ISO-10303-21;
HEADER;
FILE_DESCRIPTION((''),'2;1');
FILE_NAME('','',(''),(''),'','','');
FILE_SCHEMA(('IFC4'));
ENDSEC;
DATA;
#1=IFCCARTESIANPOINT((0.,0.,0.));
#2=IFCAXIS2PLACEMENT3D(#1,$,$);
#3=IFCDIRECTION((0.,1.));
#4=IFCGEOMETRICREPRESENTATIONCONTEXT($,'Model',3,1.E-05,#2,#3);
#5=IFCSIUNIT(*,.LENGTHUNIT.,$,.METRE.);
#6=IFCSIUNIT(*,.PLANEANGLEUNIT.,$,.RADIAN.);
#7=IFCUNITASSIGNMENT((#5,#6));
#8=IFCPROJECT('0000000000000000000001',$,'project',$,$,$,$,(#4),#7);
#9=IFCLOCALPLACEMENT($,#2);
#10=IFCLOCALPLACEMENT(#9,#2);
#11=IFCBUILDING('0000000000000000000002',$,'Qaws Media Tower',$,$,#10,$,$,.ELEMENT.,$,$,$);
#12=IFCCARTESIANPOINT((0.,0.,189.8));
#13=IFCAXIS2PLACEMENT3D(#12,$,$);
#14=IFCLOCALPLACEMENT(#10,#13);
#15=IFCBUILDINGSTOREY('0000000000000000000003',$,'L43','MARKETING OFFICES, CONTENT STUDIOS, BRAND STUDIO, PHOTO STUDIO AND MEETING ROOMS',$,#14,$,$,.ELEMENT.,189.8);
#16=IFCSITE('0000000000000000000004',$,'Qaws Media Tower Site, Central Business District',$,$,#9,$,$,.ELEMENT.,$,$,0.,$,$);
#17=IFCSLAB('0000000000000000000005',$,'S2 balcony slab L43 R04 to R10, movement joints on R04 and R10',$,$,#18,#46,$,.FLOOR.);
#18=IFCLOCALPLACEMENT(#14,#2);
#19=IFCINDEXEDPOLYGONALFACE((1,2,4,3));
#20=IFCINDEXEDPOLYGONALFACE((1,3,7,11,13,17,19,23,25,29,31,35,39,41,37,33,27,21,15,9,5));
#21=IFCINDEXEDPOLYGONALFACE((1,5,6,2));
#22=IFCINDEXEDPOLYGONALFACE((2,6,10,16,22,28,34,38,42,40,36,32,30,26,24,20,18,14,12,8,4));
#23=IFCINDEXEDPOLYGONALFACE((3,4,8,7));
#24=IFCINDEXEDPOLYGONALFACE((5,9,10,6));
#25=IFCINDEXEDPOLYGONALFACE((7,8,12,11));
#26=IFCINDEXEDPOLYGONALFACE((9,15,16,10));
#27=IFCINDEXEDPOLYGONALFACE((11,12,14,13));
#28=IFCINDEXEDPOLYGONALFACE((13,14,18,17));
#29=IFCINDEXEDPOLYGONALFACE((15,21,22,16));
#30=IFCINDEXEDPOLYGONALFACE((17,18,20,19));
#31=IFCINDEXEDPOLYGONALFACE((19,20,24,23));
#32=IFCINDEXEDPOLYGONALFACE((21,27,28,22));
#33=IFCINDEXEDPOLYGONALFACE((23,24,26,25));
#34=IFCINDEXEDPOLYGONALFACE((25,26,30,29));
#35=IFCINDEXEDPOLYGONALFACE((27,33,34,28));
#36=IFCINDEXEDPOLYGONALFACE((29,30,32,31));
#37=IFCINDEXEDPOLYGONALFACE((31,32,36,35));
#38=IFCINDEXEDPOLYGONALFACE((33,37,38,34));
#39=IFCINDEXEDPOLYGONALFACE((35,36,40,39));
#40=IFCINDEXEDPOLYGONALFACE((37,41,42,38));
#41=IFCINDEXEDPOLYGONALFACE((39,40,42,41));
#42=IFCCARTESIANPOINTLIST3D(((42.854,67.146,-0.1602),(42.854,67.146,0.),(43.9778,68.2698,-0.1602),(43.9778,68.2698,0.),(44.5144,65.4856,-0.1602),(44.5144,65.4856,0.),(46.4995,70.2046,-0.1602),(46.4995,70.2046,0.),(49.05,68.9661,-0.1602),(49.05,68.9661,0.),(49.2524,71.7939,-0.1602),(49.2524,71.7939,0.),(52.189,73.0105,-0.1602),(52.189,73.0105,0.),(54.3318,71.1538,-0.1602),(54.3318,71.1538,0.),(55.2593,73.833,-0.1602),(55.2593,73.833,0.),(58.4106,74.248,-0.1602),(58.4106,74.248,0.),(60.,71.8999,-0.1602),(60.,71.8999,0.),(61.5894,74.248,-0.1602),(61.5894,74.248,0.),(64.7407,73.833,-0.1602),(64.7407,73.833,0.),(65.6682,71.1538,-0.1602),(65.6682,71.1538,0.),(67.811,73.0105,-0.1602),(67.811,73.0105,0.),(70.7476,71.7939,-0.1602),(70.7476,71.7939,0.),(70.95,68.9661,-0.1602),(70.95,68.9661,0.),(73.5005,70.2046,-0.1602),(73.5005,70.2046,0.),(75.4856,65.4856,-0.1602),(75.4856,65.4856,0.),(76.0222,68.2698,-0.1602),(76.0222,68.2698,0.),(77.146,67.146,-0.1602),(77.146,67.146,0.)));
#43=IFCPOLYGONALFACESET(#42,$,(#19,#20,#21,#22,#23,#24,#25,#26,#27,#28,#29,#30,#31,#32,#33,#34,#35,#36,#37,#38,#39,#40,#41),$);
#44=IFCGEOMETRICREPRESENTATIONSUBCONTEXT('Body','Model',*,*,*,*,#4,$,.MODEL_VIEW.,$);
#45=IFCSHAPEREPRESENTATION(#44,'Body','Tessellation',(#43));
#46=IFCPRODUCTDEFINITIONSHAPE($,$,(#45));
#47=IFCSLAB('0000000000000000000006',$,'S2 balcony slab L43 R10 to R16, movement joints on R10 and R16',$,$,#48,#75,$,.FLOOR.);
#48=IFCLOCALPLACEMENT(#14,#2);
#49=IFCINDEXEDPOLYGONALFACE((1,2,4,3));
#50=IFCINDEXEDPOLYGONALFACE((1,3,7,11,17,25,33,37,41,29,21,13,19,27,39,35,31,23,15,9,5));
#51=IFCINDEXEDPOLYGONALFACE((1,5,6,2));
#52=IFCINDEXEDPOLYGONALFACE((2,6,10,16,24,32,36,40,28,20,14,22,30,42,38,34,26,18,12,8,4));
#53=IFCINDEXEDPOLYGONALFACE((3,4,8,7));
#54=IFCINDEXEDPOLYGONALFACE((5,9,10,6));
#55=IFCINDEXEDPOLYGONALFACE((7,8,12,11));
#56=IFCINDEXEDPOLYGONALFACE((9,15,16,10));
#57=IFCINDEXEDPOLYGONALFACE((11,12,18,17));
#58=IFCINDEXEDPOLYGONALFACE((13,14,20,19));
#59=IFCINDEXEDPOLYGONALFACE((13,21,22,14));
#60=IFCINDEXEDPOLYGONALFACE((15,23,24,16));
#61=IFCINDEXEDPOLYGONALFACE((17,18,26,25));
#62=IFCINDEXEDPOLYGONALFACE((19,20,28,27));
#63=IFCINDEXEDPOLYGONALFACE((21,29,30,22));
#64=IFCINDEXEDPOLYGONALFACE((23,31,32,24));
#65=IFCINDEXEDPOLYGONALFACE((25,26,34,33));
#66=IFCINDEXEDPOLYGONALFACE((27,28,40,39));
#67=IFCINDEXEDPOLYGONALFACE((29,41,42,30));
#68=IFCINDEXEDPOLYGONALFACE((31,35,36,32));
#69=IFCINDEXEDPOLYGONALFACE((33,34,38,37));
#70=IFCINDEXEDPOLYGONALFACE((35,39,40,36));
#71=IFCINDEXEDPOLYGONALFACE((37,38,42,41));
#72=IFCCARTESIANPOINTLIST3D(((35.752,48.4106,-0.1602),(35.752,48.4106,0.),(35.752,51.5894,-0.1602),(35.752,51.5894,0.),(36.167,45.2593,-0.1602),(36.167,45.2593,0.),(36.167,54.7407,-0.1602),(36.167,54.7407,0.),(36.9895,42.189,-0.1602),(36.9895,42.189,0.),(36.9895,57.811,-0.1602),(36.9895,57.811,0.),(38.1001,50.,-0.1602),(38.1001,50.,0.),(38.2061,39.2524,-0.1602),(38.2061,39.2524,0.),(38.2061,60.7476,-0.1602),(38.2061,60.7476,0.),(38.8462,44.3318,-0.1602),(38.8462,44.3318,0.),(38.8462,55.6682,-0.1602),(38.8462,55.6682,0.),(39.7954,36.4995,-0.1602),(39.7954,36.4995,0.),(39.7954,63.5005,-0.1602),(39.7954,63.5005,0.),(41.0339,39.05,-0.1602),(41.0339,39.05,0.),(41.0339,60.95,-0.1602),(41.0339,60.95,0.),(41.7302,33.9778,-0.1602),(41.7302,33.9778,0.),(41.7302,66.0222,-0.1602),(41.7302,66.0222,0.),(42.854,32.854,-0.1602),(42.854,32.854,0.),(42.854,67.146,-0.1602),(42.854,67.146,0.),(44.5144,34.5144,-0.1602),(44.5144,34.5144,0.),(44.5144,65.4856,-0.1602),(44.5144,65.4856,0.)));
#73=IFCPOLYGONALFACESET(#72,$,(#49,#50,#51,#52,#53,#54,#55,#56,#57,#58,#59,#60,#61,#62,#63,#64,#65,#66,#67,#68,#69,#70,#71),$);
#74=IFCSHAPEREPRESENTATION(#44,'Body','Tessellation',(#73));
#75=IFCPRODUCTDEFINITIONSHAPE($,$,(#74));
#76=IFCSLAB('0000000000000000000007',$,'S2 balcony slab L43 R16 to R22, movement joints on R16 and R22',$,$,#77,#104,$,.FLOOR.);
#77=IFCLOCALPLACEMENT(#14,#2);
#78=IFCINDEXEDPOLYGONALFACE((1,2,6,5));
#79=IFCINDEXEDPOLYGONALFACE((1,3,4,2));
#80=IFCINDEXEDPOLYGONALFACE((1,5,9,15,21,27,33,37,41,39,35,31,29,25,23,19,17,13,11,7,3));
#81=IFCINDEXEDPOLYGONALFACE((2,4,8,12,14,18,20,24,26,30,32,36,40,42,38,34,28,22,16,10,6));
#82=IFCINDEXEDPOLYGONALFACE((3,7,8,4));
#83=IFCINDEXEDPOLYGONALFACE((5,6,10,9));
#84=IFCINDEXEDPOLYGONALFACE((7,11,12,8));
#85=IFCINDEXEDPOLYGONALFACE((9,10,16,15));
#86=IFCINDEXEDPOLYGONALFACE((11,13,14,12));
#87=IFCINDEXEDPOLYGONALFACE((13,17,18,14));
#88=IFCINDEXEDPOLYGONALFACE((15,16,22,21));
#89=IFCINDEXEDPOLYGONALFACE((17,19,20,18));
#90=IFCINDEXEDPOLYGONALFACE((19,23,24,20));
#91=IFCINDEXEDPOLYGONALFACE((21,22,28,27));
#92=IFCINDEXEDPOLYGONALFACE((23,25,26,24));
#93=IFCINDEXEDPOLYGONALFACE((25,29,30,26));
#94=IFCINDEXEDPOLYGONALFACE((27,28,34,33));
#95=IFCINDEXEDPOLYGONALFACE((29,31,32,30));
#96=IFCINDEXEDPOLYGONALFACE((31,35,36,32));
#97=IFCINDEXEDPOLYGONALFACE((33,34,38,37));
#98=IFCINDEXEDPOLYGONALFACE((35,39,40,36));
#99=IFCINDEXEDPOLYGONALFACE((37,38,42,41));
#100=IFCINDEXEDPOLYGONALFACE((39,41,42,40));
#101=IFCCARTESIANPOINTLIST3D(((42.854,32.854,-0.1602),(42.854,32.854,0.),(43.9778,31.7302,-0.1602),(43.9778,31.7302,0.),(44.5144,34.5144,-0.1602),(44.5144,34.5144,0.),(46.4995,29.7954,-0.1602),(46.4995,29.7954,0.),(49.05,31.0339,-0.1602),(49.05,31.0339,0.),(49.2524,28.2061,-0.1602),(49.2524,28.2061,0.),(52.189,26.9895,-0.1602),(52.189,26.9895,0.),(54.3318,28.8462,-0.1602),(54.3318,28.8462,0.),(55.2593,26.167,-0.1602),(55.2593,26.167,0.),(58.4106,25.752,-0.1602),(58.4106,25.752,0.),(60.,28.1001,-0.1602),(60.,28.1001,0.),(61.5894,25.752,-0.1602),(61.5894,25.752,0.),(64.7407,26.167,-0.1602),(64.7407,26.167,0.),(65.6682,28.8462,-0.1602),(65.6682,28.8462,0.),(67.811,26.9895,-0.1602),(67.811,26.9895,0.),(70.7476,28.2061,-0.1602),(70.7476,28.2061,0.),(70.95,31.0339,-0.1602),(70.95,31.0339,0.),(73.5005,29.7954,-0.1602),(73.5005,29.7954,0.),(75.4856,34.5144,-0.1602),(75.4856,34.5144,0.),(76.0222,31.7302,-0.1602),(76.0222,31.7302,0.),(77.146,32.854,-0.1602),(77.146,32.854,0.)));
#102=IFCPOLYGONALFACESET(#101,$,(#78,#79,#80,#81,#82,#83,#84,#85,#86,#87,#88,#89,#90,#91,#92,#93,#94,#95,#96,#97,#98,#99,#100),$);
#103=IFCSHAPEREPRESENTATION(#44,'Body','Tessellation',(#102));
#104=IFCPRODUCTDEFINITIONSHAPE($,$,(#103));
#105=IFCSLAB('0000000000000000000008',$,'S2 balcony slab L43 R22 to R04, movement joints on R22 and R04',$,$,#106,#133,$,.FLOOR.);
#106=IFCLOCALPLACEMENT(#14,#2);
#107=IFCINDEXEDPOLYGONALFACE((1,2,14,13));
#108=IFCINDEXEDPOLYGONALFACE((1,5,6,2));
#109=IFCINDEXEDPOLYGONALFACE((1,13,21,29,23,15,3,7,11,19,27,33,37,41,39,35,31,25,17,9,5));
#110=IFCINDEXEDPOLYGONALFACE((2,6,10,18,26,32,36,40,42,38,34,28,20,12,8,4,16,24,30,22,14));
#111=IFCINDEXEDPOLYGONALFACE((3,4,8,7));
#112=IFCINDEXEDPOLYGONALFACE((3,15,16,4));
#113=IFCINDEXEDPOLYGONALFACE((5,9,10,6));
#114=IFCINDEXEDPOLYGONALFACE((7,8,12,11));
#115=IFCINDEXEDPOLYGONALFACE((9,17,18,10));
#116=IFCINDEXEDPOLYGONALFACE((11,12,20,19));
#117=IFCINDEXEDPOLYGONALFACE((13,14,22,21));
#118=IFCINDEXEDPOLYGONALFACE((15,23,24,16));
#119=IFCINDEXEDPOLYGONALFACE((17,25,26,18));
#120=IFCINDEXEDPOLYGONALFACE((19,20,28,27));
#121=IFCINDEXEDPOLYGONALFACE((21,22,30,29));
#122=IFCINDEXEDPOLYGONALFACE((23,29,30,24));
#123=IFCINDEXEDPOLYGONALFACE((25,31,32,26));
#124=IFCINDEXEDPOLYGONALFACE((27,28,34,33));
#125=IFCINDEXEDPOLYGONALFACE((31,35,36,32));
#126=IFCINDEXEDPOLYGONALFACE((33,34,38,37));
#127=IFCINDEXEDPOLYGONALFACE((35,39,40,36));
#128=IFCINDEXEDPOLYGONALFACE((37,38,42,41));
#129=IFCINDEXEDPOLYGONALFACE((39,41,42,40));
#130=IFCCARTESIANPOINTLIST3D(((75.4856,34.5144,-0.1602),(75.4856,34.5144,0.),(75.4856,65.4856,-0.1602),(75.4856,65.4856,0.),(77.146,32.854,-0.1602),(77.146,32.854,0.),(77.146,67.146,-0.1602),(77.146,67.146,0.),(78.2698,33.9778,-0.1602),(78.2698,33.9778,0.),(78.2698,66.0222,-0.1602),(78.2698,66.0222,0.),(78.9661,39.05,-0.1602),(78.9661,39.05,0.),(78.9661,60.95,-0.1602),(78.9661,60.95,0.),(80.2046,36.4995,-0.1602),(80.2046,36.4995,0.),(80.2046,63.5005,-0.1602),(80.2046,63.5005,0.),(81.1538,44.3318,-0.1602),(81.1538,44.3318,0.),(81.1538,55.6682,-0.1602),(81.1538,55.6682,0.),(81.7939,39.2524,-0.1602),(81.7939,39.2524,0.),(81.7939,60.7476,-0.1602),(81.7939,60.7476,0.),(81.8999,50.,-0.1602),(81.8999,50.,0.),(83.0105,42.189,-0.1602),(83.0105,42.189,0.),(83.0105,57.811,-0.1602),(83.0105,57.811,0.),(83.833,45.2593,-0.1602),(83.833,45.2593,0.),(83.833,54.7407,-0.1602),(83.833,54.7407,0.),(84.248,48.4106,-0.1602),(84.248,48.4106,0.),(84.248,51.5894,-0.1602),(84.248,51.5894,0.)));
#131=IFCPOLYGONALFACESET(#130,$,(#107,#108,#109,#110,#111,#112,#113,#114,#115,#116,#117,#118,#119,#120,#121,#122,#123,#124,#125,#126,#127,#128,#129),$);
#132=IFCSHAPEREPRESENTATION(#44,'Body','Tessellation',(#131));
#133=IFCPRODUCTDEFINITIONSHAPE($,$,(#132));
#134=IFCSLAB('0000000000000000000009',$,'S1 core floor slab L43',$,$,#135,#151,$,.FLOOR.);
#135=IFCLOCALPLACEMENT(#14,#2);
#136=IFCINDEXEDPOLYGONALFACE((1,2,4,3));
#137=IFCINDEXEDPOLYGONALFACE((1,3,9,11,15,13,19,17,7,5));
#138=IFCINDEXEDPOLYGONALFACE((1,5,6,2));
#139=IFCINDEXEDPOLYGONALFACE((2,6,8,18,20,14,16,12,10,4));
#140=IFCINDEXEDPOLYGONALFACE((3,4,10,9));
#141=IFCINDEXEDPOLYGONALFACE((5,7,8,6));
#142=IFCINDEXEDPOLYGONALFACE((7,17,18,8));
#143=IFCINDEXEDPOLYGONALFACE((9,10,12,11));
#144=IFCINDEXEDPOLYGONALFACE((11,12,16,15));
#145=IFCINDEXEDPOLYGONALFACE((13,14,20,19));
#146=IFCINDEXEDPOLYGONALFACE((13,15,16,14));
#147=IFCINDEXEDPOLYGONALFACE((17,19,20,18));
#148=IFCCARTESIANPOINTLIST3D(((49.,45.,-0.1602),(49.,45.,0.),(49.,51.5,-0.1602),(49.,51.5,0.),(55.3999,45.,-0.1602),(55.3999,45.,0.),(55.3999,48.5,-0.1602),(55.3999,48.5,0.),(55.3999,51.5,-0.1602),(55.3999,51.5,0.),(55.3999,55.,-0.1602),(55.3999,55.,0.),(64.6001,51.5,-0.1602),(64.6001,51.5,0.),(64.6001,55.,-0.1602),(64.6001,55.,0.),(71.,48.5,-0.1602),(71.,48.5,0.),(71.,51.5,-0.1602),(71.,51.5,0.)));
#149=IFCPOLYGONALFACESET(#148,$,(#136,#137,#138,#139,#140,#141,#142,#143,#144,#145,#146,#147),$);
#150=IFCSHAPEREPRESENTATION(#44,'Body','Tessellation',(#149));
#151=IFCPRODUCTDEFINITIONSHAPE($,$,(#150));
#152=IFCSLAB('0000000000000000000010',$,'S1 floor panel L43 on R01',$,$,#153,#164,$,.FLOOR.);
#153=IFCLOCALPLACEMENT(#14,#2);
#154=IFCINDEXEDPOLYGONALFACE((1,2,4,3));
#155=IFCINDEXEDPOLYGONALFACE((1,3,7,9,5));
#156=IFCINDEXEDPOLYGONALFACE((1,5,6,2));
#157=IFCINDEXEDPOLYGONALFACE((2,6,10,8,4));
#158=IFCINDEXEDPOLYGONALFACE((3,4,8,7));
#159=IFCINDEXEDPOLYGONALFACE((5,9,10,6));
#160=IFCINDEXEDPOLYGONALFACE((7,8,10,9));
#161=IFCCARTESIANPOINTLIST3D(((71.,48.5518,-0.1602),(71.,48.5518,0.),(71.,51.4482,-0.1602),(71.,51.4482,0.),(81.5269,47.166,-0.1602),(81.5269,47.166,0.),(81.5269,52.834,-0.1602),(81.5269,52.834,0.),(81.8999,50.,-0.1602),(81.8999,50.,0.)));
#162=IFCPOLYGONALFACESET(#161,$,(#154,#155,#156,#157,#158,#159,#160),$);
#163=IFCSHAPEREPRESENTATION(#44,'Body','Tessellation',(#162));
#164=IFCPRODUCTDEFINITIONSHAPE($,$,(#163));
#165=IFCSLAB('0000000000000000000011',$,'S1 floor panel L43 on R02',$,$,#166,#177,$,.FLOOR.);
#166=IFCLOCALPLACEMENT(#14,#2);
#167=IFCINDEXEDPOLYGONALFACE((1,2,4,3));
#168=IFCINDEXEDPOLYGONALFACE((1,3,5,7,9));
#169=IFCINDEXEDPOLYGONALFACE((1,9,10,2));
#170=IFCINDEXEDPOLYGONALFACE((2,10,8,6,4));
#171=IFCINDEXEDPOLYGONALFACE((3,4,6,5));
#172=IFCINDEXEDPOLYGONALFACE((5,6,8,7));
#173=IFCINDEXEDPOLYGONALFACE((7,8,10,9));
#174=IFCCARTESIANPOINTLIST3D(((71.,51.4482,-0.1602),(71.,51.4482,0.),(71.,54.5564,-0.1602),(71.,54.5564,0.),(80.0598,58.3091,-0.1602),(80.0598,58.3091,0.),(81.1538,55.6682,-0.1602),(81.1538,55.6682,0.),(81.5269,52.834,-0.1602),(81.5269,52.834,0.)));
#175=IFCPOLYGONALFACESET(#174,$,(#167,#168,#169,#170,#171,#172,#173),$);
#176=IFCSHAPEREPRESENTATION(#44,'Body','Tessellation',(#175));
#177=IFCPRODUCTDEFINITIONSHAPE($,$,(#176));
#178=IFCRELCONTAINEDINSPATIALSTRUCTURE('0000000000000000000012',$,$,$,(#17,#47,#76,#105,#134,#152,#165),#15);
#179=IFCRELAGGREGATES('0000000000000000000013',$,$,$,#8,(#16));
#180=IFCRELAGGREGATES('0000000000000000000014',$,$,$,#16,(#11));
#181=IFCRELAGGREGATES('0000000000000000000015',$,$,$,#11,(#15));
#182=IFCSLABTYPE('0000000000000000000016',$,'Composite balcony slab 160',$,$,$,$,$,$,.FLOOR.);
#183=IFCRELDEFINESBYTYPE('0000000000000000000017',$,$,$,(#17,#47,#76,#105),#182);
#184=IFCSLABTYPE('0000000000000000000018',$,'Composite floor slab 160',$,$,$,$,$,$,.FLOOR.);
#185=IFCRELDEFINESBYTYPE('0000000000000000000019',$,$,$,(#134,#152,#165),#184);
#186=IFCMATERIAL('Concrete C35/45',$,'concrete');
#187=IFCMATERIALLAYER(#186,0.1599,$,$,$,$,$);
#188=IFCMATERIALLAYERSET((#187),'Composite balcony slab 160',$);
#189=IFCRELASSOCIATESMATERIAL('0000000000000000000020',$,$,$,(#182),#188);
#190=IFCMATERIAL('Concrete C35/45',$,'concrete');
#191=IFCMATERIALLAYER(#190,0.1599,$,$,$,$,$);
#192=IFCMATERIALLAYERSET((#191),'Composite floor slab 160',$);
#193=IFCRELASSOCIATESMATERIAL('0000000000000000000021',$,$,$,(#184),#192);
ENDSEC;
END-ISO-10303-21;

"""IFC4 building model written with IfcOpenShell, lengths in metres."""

from ifc_helpers import new_model, si_unit, direction, frame, origin, place, context, subcontext, project, spatial, polyline, outline, extrude, material, layer, layer_set, type_object, element, save


model = new_model("IFC4")

# Units and contexts
model_context = context("Model", 3, precision=1e-05, world=origin(), true_north=direction((0.0, 1.0)))
body_context = subcontext(model_context, "Body", "Model", "MODEL_VIEW")
ifc_project = project(units=[si_unit("LENGTHUNIT", "METRE"), si_unit("PLANEANGLEUNIT", "RADIAN")], contexts=[model_context])

# Site, building, storey
site_placement = place(None, origin())
site = spatial("IfcSite", under=ifc_project, at=site_placement, Name="Qaws Media Tower Site, Central Business District", CompositionType="ELEMENT", RefElevation=0.0)
building_placement = place(site_placement, origin())
building = spatial("IfcBuilding", under=site, at=building_placement, Name="Qaws Media Tower", CompositionType="ELEMENT")
storey_placement = place(building_placement, frame((0.0, 0.0, 189.8)))
storey = spatial("IfcBuildingStorey", under=building, at=storey_placement, Name="L43", Description="MARKETING OFFICES, CONTENT STUDIOS, BRAND STUDIO, PHOTO STUDIO AND MEETING ROOMS", CompositionType="ELEMENT", Elevation=189.8)

# Slabs
ifc_material_1 = material(Name="Concrete C35/45", Category="concrete")
ifc_layer_1 = layer(ifc_material_1, 0.1599)
ifc_layer_set_1 = layer_set([ifc_layer_1], Name="Composite balcony slab 160")
slab_type_1 = type_object("IfcSlabType", Name="Composite balcony slab 160", PredefinedType="FLOOR", material=ifc_layer_set_1)
slab_1_placement = place(storey_placement, frame((0.0, 0.0, -0.1602)))
element("IfcSlab", 1, at=slab_1_placement, inside=storey, type_object=slab_type_1, Name="S2 balcony slab L43 R04 to R10, movement joints on R04 and R10", PredefinedType="FLOOR", context=body_context, shape_type="SweptSolid", body=[
    extrude(outline(polyline([(43.9778, 68.2698), (46.4995, 70.2046), (49.2524, 71.7939), (52.189, 73.0105), (55.2593, 73.833), (58.4106, 74.248), (61.5894, 74.248), (64.7407, 73.833), (67.811, 73.0105), (70.7476, 71.7939), (73.5005, 70.2046), (76.0222, 68.2698), (77.146, 67.146), (75.4856, 65.4856), (70.95, 68.9661), (65.6682, 71.1538), (60.0, 71.8999), (54.3318, 71.1538), (49.05, 68.9661), (44.5144, 65.4856), (42.854, 67.146), (43.9778, 68.2698)])), origin(), (0.0, 0.0, 1.0), 0.1602),
])
slab_2_placement = place(storey_placement, frame((0.0, 0.0, -0.1602)))
element("IfcSlab", 2, at=slab_2_placement, inside=storey, type_object=slab_type_1, Name="S2 balcony slab L43 R10 to R16, movement joints on R10 and R16", PredefinedType="FLOOR", context=body_context, shape_type="SweptSolid", body=[
    extrude(outline(polyline([(41.7302, 33.9778), (39.7954, 36.4995), (38.2061, 39.2524), (36.9895, 42.189), (36.167, 45.2593), (35.752, 48.4106), (35.752, 51.5894), (36.167, 54.7407), (36.9895, 57.811), (38.2061, 60.7476), (39.7954, 63.5005), (41.7302, 66.0222), (42.854, 67.146), (44.5144, 65.4856), (41.0339, 60.95), (38.8462, 55.6682), (38.1001, 50.0), (38.8462, 44.3318), (41.0339, 39.05), (44.5144, 34.5144), (42.854, 32.854), (41.7302, 33.9778)])), origin(), (0.0, 0.0, 1.0), 0.1602),
])
slab_3_placement = place(storey_placement, frame((0.0, 0.0, -0.1602)))
element("IfcSlab", 3, at=slab_3_placement, inside=storey, type_object=slab_type_1, Name="S2 balcony slab L43 R16 to R22, movement joints on R16 and R22", PredefinedType="FLOOR", context=body_context, shape_type="SweptSolid", body=[
    extrude(outline(polyline([(76.0222, 31.7302), (73.5005, 29.7954), (70.7476, 28.2061), (67.811, 26.9895), (64.7407, 26.167), (61.5894, 25.752), (58.4106, 25.752), (55.2593, 26.167), (52.189, 26.9895), (49.2524, 28.2061), (46.4995, 29.7954), (43.9778, 31.7302), (42.854, 32.854), (44.5144, 34.5144), (49.05, 31.0339), (54.3318, 28.8462), (60.0, 28.1001), (65.6682, 28.8462), (70.95, 31.0339), (75.4856, 34.5144), (77.146, 32.854), (76.0222, 31.7302)])), origin(), (0.0, 0.0, 1.0), 0.1602),
])
slab_4_placement = place(storey_placement, frame((0.0, 0.0, -0.1602)))
element("IfcSlab", 4, at=slab_4_placement, inside=storey, type_object=slab_type_1, Name="S2 balcony slab L43 R22 to R04, movement joints on R22 and R04", PredefinedType="FLOOR", context=body_context, shape_type="SweptSolid", body=[
    extrude(outline(polyline([(83.833, 45.2593), (83.0105, 42.189), (81.7939, 39.2524), (80.2046, 36.4995), (78.2698, 33.9778), (77.146, 32.854), (75.4856, 34.5144), (78.9661, 39.05), (81.1538, 44.3318), (81.8999, 50.0), (81.1538, 55.6682), (78.9661, 60.95), (75.4856, 65.4856), (77.146, 67.146), (78.2698, 66.0222), (80.2046, 63.5005), (81.7939, 60.7476), (83.0105, 57.811), (83.833, 54.7407), (84.248, 51.5894), (84.248, 48.4106), (83.833, 45.2593)])), origin(), (0.0, 0.0, 1.0), 0.1602),
])
ifc_material_2 = material(Name="Concrete C35/45", Category="concrete")
ifc_layer_2 = layer(ifc_material_2, 0.1599)
ifc_layer_set_2 = layer_set([ifc_layer_2], Name="Composite floor slab 160")
slab_type_2 = type_object("IfcSlabType", Name="Composite floor slab 160", PredefinedType="FLOOR", material=ifc_layer_set_2)
slab_5_placement = place(storey_placement, frame((0.0, 0.0, -0.1602)))
element("IfcSlab", 5, at=slab_5_placement, inside=storey, type_object=slab_type_2, Name="S1 core floor slab L43", PredefinedType="FLOOR", context=body_context, shape_type="SweptSolid", body=[
    extrude(outline(polyline([(71.0, 51.5), (71.0, 48.5), (55.3999, 48.5), (55.3999, 45.0), (49.0, 45.0), (49.0, 51.5), (55.3999, 51.5), (55.3999, 55.0), (64.6001, 55.0), (64.6001, 51.5), (71.0, 51.5)])), origin(), (0.0, 0.0, 1.0), 0.1602),
])
slab_6_placement = place(storey_placement, frame((0.0, 0.0, -0.1602)))
element("IfcSlab", 6, at=slab_6_placement, inside=storey, type_object=slab_type_2, Name="S1 floor panel L43 on R01", PredefinedType="FLOOR", context=body_context, shape_type="SweptSolid", body=[
    extrude(outline(polyline([(81.8999, 50.0), (81.5269, 47.166), (71.0, 48.5518), (71.0, 51.4482), (81.5269, 52.834), (81.8999, 50.0)])), origin(), (0.0, 0.0, 1.0), 0.1602),
])
slab_7_placement = place(storey_placement, frame((0.0, 0.0, -0.1602)))
element("IfcSlab", 7, at=slab_7_placement, inside=storey, type_object=slab_type_2, Name="S1 floor panel L43 on R02", PredefinedType="FLOOR", context=body_context, shape_type="SweptSolid", body=[
    extrude(outline(polyline([(81.1538, 55.6682), (81.5269, 52.834), (71.0, 51.4482), (71.0, 54.5564), (80.0598, 58.3091), (81.1538, 55.6682)])), origin(), (0.0, 0.0, 1.0), 0.1602),
])

save(model, "model.ifc")
